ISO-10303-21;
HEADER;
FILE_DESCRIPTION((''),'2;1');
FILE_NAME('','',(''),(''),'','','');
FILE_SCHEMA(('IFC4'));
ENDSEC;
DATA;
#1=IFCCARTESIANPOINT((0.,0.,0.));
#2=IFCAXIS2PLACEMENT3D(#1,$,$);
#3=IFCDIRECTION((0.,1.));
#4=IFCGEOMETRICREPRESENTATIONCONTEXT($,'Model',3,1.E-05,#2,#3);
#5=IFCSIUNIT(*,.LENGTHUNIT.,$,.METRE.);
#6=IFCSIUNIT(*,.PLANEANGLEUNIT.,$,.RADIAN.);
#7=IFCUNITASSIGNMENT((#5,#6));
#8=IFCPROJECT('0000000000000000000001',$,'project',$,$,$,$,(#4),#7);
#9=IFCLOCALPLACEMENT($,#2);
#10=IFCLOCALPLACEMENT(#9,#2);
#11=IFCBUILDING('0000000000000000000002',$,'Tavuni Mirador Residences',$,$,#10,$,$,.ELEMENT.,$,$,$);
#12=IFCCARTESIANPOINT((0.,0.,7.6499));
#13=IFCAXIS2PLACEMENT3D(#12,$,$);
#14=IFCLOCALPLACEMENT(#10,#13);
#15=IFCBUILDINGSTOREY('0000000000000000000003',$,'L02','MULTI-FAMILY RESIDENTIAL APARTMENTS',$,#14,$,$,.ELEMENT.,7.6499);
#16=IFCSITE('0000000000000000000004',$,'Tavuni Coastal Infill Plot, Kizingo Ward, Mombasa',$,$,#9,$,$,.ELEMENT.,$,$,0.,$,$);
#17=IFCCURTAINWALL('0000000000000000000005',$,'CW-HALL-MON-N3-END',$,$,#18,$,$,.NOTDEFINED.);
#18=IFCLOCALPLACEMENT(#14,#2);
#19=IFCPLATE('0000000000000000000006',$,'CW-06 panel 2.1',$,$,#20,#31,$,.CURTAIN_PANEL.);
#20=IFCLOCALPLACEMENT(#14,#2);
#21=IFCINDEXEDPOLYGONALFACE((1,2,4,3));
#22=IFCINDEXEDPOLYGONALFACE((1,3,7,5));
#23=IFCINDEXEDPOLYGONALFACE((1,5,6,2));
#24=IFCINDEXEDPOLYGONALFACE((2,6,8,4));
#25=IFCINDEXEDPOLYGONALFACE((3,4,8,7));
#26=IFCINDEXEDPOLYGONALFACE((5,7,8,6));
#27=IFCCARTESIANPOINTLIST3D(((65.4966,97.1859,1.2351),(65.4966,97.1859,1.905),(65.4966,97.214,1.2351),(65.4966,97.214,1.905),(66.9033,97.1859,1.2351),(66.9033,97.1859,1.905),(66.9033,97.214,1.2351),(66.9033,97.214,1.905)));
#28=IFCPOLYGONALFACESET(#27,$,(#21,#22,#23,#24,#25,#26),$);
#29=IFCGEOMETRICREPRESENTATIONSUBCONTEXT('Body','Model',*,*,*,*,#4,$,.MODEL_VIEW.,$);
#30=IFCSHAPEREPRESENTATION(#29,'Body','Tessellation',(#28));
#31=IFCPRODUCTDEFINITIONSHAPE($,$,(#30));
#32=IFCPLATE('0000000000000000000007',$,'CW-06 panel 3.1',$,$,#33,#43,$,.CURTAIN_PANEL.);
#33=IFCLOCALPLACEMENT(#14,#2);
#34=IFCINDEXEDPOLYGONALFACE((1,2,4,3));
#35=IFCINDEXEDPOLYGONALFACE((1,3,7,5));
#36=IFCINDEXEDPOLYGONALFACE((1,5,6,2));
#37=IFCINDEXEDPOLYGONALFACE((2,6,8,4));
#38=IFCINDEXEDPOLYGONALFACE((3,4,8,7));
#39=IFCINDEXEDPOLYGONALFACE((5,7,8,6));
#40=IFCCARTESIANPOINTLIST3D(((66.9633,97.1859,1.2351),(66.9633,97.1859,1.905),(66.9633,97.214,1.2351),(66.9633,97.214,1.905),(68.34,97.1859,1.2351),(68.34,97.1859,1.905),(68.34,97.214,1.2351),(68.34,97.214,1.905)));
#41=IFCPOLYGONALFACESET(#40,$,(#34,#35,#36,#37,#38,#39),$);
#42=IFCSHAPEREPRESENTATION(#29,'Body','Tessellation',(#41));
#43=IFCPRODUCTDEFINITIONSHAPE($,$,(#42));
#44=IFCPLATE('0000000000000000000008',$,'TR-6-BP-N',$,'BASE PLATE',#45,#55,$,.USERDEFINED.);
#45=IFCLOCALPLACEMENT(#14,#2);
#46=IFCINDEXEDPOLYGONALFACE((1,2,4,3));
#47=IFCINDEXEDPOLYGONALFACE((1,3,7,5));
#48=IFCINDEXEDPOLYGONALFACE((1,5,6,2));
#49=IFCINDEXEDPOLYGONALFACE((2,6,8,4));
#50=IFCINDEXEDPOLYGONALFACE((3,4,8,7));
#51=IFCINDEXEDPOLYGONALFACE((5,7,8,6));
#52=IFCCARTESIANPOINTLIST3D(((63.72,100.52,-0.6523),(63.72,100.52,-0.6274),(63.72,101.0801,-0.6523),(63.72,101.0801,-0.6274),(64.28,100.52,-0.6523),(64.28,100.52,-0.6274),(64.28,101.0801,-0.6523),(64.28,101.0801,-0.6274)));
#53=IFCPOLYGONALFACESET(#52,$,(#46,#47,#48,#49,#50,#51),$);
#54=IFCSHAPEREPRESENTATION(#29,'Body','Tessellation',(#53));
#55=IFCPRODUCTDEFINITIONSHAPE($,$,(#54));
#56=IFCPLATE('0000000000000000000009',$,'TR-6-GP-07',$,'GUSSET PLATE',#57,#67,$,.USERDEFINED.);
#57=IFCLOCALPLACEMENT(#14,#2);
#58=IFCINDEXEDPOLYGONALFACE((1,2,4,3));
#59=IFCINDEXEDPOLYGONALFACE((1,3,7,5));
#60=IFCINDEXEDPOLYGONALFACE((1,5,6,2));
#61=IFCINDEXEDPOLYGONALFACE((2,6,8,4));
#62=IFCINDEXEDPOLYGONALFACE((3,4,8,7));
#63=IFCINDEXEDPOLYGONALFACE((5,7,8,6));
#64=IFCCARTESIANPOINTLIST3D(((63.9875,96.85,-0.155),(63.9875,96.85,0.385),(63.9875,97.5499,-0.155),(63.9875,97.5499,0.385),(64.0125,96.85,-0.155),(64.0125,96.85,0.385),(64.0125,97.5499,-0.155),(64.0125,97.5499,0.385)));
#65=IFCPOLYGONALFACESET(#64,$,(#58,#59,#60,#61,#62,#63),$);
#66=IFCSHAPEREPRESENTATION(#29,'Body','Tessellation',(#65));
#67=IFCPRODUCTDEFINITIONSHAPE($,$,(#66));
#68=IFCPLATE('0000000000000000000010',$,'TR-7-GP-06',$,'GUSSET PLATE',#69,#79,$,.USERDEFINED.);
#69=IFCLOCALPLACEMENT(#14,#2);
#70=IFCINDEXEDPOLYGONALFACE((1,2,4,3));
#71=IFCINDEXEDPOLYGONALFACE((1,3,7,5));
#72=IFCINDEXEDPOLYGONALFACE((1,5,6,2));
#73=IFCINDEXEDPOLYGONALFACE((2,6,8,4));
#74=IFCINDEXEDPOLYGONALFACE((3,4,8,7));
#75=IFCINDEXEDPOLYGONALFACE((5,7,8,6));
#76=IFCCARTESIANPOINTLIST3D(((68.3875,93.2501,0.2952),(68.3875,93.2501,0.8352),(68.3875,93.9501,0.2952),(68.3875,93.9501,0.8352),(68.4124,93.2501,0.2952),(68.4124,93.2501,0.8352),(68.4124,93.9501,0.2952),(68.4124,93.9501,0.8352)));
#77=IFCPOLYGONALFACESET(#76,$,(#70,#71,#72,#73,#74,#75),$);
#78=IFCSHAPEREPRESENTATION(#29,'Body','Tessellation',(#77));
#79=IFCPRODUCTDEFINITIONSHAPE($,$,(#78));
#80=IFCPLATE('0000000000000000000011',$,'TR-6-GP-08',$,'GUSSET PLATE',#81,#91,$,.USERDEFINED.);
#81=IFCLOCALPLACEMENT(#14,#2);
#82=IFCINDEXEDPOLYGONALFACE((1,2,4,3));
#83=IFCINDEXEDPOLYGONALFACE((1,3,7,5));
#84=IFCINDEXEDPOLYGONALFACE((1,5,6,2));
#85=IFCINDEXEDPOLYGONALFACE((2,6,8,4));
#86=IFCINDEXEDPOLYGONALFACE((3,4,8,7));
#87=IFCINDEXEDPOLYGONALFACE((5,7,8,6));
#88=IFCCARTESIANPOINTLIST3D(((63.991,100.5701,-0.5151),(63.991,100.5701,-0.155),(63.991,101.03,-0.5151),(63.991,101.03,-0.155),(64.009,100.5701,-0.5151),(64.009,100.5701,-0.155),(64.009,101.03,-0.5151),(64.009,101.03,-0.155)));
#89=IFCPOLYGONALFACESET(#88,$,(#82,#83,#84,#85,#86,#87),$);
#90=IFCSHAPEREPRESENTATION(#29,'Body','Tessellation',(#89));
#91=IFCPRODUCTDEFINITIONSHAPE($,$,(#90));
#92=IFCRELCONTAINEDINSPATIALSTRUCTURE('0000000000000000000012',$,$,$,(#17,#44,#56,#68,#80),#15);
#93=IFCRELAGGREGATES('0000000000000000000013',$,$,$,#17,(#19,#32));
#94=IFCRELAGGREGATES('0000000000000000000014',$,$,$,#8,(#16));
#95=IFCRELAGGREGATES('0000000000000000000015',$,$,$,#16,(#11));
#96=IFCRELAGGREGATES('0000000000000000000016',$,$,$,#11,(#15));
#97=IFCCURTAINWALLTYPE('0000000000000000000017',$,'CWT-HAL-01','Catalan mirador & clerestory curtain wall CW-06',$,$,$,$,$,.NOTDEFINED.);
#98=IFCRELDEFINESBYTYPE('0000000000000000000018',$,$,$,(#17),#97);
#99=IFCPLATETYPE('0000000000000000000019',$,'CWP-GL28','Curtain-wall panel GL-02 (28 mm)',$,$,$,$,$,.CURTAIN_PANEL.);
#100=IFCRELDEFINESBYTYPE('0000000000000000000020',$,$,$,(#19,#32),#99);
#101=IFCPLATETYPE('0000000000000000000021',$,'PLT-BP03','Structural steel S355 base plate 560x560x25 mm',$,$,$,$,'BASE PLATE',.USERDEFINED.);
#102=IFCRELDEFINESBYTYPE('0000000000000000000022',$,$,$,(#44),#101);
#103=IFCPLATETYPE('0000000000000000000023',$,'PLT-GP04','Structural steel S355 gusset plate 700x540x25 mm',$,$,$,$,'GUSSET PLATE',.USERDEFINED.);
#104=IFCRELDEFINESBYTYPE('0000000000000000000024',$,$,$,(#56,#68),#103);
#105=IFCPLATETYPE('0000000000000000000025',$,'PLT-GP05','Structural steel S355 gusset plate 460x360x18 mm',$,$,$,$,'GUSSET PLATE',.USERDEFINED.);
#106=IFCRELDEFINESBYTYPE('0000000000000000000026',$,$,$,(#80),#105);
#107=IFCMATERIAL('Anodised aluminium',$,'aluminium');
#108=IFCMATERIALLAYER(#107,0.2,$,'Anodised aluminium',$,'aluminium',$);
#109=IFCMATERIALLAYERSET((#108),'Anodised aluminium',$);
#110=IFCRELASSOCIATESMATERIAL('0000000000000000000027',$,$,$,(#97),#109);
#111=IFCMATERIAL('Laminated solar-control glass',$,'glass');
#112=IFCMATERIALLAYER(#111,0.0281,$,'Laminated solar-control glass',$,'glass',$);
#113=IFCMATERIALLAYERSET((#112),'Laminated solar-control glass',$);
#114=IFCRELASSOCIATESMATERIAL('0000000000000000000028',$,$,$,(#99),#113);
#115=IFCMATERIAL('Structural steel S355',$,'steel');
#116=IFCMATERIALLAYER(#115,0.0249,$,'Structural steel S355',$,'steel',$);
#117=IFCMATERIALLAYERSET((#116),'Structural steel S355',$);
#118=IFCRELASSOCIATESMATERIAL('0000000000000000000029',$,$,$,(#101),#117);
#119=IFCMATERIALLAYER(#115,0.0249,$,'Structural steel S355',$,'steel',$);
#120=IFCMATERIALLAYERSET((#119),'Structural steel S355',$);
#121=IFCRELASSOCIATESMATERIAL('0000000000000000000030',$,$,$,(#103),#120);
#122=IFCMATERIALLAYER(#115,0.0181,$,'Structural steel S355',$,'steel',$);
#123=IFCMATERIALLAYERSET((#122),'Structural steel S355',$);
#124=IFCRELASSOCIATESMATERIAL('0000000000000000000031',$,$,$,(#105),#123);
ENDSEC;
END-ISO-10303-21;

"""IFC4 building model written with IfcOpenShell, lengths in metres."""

from ifc_helpers import new_model, si_unit, direction, frame, origin, origin_2d, place, context, subcontext, project, spatial, rectangle, extrude, material, layer, layer_set, type_object, element, aggregate, save


model = new_model("IFC4")

# Units and contexts
model_context = context("Model", 3, precision=1e-05, world=origin(), true_north=direction((0.0, 1.0)))
body_context = subcontext(model_context, "Body", "Model", "MODEL_VIEW")
ifc_project = project(units=[si_unit("LENGTHUNIT", "METRE"), si_unit("PLANEANGLEUNIT", "RADIAN")], contexts=[model_context])

# Site, building, storey
site_placement = place(None, origin())
site = spatial("IfcSite", under=ifc_project, at=site_placement, Name="Tavuni Coastal Infill Plot, Kizingo Ward, Mombasa", CompositionType="ELEMENT", RefElevation=0.0)
building_placement = place(site_placement, origin())
building = spatial("IfcBuilding", under=site, at=building_placement, Name="Tavuni Mirador Residences", CompositionType="ELEMENT")
storey_placement = place(building_placement, frame((0.0, 0.0, 7.6499)))
storey = spatial("IfcBuildingStorey", under=building, at=storey_placement, Name="L02", Description="MULTI-FAMILY RESIDENTIAL APARTMENTS", CompositionType="ELEMENT", Elevation=7.6499)

# Shared definitions
ifc_material_1 = material(Name="Anodised aluminium", Category="aluminium")
ifc_layer_1 = layer(ifc_material_1, 0.2, Name="Anodised aluminium", Category="aluminium")
ifc_layer_set_1 = layer_set([ifc_layer_1], Name="Anodised aluminium")
curtain_wall_type = type_object("IfcCurtainWallType", Name="CWT-HAL-01", Description="Catalan mirador & clerestory curtain wall CW-06", PredefinedType="NOTDEFINED", material=ifc_layer_set_1)

# Curtain wall
curtain_wall_1_placement = place(storey_placement, origin())
curtain_wall_1 = element("IfcCurtainWall", 1, at=curtain_wall_1_placement, inside=storey, type_object=curtain_wall_type, Name="CW-HALL-MON-N3-END", PredefinedType="NOTDEFINED")

# Shared definitions
ifc_material_2 = material(Name="Structural steel S355", Category="steel")

# Plates
ifc_material_3 = material(Name="Laminated solar-control glass", Category="glass")
ifc_layer_2 = layer(ifc_material_3, 0.0281, Name="Laminated solar-control glass", Category="glass")
ifc_layer_set_2 = layer_set([ifc_layer_2], Name="Laminated solar-control glass")
plate_type_1 = type_object("IfcPlateType", Name="CWP-GL28", Description="Curtain-wall panel GL-02 (28 mm)", PredefinedType="CURTAIN_PANEL", material=ifc_layer_set_2)
plate_1_placement = place(storey_placement, frame((66.2, 97.2, 1.2351), z_axis=(0.0, 0.0, 1.0), x_axis=(1.0, 0.0, 0.0)))
plate_1 = element("IfcPlate", 2, at=plate_1_placement, type_object=plate_type_1, Name="CW-06 panel 2.1", PredefinedType="CURTAIN_PANEL", context=body_context, shape_type="SweptSolid", body=[
    extrude(rectangle(XDim=1.4067, YDim=0.0281, at=origin_2d()), origin(), (0.0, 0.0, 1.0), 0.6699),
])
plate_2_placement = place(storey_placement, frame((67.6516, 97.2, 1.2351), z_axis=(0.0, 0.0, 1.0), x_axis=(1.0, 0.0, 0.0)))
plate_2 = element("IfcPlate", 3, at=plate_2_placement, type_object=plate_type_1, Name="CW-06 panel 3.1", PredefinedType="CURTAIN_PANEL", context=body_context, shape_type="SweptSolid", body=[
    extrude(rectangle(XDim=1.3767, YDim=0.0281, at=origin_2d()), origin(), (0.0, 0.0, 1.0), 0.6699),
])
aggregate(curtain_wall_1, [plate_1, plate_2])

# Plates
ifc_layer_3 = layer(ifc_material_2, 0.0249, Name="Structural steel S355", Category="steel")
ifc_layer_set_3 = layer_set([ifc_layer_3], Name="Structural steel S355")
plate_type_2 = type_object("IfcPlateType", Name="PLT-BP03", Description="Structural steel S355 base plate 560x560x25 mm", ElementType="BASE PLATE", PredefinedType="USERDEFINED", material=ifc_layer_set_3)
plate_3_placement = place(storey_placement, frame((64.0, 100.8, -0.6523), z_axis=(0.0, 0.0, 1.0), x_axis=(1.0, 0.0, 0.0)))
element("IfcPlate", 4, at=plate_3_placement, inside=storey, type_object=plate_type_2, Name="TR-6-BP-N", ObjectType="BASE PLATE", PredefinedType="USERDEFINED", context=body_context, shape_type="SweptSolid", body=[
    extrude(rectangle(XDim=0.5601, YDim=0.5601, at=origin_2d()), origin(), (0.0, 0.0, 1.0), 0.0249),
])
ifc_layer_4 = layer(ifc_material_2, 0.0249, Name="Structural steel S355", Category="steel")
ifc_layer_set_4 = layer_set([ifc_layer_4], Name="Structural steel S355")
plate_type_3 = type_object("IfcPlateType", Name="PLT-GP04", Description="Structural steel S355 gusset plate 700x540x25 mm", ElementType="GUSSET PLATE", PredefinedType="USERDEFINED", material=ifc_layer_set_4)
for number, where, z_axis, x_axis, name in (
    (5, (64.0, 97.2, -0.155), (0.0, 0.0, 1.0), (0.0, 1.0, 0.0), "TR-6-GP-07"),
    (6, (68.3999, 93.6001, 0.2952), (0.0, 0.0, 1.0), (0.0, 1.0, 0.0), "TR-7-GP-06"),
):
    element("IfcPlate", number, at=place(storey_placement, frame(where, z_axis=z_axis, x_axis=x_axis)), inside=storey, type_object=plate_type_3, Name=name, ObjectType="GUSSET PLATE", PredefinedType="USERDEFINED", context=body_context, shape_type="SweptSolid", body=[
        extrude(rectangle(XDim=0.7, YDim=0.0249, at=origin_2d()), origin(), (0.0, 0.0, 1.0), 0.54),
    ])
ifc_layer_5 = layer(ifc_material_2, 0.0181, Name="Structural steel S355", Category="steel")
ifc_layer_set_5 = layer_set([ifc_layer_5], Name="Structural steel S355")
plate_type_4 = type_object("IfcPlateType", Name="PLT-GP05", Description="Structural steel S355 gusset plate 460x360x18 mm", ElementType="GUSSET PLATE", PredefinedType="USERDEFINED", material=ifc_layer_set_5)
plate_4_placement = place(storey_placement, frame((64.0, 100.8, -0.5151), z_axis=(0.0, 0.0, 1.0), x_axis=(0.0, 1.0, 0.0)))
element("IfcPlate", 7, at=plate_4_placement, inside=storey, type_object=plate_type_4, Name="TR-6-GP-08", ObjectType="GUSSET PLATE", PredefinedType="USERDEFINED", context=body_context, shape_type="SweptSolid", body=[
    extrude(rectangle(XDim=0.46, YDim=0.0181, at=origin_2d()), origin(), (0.0, 0.0, 1.0), 0.3601),
])

save(model, "model.ifc")
